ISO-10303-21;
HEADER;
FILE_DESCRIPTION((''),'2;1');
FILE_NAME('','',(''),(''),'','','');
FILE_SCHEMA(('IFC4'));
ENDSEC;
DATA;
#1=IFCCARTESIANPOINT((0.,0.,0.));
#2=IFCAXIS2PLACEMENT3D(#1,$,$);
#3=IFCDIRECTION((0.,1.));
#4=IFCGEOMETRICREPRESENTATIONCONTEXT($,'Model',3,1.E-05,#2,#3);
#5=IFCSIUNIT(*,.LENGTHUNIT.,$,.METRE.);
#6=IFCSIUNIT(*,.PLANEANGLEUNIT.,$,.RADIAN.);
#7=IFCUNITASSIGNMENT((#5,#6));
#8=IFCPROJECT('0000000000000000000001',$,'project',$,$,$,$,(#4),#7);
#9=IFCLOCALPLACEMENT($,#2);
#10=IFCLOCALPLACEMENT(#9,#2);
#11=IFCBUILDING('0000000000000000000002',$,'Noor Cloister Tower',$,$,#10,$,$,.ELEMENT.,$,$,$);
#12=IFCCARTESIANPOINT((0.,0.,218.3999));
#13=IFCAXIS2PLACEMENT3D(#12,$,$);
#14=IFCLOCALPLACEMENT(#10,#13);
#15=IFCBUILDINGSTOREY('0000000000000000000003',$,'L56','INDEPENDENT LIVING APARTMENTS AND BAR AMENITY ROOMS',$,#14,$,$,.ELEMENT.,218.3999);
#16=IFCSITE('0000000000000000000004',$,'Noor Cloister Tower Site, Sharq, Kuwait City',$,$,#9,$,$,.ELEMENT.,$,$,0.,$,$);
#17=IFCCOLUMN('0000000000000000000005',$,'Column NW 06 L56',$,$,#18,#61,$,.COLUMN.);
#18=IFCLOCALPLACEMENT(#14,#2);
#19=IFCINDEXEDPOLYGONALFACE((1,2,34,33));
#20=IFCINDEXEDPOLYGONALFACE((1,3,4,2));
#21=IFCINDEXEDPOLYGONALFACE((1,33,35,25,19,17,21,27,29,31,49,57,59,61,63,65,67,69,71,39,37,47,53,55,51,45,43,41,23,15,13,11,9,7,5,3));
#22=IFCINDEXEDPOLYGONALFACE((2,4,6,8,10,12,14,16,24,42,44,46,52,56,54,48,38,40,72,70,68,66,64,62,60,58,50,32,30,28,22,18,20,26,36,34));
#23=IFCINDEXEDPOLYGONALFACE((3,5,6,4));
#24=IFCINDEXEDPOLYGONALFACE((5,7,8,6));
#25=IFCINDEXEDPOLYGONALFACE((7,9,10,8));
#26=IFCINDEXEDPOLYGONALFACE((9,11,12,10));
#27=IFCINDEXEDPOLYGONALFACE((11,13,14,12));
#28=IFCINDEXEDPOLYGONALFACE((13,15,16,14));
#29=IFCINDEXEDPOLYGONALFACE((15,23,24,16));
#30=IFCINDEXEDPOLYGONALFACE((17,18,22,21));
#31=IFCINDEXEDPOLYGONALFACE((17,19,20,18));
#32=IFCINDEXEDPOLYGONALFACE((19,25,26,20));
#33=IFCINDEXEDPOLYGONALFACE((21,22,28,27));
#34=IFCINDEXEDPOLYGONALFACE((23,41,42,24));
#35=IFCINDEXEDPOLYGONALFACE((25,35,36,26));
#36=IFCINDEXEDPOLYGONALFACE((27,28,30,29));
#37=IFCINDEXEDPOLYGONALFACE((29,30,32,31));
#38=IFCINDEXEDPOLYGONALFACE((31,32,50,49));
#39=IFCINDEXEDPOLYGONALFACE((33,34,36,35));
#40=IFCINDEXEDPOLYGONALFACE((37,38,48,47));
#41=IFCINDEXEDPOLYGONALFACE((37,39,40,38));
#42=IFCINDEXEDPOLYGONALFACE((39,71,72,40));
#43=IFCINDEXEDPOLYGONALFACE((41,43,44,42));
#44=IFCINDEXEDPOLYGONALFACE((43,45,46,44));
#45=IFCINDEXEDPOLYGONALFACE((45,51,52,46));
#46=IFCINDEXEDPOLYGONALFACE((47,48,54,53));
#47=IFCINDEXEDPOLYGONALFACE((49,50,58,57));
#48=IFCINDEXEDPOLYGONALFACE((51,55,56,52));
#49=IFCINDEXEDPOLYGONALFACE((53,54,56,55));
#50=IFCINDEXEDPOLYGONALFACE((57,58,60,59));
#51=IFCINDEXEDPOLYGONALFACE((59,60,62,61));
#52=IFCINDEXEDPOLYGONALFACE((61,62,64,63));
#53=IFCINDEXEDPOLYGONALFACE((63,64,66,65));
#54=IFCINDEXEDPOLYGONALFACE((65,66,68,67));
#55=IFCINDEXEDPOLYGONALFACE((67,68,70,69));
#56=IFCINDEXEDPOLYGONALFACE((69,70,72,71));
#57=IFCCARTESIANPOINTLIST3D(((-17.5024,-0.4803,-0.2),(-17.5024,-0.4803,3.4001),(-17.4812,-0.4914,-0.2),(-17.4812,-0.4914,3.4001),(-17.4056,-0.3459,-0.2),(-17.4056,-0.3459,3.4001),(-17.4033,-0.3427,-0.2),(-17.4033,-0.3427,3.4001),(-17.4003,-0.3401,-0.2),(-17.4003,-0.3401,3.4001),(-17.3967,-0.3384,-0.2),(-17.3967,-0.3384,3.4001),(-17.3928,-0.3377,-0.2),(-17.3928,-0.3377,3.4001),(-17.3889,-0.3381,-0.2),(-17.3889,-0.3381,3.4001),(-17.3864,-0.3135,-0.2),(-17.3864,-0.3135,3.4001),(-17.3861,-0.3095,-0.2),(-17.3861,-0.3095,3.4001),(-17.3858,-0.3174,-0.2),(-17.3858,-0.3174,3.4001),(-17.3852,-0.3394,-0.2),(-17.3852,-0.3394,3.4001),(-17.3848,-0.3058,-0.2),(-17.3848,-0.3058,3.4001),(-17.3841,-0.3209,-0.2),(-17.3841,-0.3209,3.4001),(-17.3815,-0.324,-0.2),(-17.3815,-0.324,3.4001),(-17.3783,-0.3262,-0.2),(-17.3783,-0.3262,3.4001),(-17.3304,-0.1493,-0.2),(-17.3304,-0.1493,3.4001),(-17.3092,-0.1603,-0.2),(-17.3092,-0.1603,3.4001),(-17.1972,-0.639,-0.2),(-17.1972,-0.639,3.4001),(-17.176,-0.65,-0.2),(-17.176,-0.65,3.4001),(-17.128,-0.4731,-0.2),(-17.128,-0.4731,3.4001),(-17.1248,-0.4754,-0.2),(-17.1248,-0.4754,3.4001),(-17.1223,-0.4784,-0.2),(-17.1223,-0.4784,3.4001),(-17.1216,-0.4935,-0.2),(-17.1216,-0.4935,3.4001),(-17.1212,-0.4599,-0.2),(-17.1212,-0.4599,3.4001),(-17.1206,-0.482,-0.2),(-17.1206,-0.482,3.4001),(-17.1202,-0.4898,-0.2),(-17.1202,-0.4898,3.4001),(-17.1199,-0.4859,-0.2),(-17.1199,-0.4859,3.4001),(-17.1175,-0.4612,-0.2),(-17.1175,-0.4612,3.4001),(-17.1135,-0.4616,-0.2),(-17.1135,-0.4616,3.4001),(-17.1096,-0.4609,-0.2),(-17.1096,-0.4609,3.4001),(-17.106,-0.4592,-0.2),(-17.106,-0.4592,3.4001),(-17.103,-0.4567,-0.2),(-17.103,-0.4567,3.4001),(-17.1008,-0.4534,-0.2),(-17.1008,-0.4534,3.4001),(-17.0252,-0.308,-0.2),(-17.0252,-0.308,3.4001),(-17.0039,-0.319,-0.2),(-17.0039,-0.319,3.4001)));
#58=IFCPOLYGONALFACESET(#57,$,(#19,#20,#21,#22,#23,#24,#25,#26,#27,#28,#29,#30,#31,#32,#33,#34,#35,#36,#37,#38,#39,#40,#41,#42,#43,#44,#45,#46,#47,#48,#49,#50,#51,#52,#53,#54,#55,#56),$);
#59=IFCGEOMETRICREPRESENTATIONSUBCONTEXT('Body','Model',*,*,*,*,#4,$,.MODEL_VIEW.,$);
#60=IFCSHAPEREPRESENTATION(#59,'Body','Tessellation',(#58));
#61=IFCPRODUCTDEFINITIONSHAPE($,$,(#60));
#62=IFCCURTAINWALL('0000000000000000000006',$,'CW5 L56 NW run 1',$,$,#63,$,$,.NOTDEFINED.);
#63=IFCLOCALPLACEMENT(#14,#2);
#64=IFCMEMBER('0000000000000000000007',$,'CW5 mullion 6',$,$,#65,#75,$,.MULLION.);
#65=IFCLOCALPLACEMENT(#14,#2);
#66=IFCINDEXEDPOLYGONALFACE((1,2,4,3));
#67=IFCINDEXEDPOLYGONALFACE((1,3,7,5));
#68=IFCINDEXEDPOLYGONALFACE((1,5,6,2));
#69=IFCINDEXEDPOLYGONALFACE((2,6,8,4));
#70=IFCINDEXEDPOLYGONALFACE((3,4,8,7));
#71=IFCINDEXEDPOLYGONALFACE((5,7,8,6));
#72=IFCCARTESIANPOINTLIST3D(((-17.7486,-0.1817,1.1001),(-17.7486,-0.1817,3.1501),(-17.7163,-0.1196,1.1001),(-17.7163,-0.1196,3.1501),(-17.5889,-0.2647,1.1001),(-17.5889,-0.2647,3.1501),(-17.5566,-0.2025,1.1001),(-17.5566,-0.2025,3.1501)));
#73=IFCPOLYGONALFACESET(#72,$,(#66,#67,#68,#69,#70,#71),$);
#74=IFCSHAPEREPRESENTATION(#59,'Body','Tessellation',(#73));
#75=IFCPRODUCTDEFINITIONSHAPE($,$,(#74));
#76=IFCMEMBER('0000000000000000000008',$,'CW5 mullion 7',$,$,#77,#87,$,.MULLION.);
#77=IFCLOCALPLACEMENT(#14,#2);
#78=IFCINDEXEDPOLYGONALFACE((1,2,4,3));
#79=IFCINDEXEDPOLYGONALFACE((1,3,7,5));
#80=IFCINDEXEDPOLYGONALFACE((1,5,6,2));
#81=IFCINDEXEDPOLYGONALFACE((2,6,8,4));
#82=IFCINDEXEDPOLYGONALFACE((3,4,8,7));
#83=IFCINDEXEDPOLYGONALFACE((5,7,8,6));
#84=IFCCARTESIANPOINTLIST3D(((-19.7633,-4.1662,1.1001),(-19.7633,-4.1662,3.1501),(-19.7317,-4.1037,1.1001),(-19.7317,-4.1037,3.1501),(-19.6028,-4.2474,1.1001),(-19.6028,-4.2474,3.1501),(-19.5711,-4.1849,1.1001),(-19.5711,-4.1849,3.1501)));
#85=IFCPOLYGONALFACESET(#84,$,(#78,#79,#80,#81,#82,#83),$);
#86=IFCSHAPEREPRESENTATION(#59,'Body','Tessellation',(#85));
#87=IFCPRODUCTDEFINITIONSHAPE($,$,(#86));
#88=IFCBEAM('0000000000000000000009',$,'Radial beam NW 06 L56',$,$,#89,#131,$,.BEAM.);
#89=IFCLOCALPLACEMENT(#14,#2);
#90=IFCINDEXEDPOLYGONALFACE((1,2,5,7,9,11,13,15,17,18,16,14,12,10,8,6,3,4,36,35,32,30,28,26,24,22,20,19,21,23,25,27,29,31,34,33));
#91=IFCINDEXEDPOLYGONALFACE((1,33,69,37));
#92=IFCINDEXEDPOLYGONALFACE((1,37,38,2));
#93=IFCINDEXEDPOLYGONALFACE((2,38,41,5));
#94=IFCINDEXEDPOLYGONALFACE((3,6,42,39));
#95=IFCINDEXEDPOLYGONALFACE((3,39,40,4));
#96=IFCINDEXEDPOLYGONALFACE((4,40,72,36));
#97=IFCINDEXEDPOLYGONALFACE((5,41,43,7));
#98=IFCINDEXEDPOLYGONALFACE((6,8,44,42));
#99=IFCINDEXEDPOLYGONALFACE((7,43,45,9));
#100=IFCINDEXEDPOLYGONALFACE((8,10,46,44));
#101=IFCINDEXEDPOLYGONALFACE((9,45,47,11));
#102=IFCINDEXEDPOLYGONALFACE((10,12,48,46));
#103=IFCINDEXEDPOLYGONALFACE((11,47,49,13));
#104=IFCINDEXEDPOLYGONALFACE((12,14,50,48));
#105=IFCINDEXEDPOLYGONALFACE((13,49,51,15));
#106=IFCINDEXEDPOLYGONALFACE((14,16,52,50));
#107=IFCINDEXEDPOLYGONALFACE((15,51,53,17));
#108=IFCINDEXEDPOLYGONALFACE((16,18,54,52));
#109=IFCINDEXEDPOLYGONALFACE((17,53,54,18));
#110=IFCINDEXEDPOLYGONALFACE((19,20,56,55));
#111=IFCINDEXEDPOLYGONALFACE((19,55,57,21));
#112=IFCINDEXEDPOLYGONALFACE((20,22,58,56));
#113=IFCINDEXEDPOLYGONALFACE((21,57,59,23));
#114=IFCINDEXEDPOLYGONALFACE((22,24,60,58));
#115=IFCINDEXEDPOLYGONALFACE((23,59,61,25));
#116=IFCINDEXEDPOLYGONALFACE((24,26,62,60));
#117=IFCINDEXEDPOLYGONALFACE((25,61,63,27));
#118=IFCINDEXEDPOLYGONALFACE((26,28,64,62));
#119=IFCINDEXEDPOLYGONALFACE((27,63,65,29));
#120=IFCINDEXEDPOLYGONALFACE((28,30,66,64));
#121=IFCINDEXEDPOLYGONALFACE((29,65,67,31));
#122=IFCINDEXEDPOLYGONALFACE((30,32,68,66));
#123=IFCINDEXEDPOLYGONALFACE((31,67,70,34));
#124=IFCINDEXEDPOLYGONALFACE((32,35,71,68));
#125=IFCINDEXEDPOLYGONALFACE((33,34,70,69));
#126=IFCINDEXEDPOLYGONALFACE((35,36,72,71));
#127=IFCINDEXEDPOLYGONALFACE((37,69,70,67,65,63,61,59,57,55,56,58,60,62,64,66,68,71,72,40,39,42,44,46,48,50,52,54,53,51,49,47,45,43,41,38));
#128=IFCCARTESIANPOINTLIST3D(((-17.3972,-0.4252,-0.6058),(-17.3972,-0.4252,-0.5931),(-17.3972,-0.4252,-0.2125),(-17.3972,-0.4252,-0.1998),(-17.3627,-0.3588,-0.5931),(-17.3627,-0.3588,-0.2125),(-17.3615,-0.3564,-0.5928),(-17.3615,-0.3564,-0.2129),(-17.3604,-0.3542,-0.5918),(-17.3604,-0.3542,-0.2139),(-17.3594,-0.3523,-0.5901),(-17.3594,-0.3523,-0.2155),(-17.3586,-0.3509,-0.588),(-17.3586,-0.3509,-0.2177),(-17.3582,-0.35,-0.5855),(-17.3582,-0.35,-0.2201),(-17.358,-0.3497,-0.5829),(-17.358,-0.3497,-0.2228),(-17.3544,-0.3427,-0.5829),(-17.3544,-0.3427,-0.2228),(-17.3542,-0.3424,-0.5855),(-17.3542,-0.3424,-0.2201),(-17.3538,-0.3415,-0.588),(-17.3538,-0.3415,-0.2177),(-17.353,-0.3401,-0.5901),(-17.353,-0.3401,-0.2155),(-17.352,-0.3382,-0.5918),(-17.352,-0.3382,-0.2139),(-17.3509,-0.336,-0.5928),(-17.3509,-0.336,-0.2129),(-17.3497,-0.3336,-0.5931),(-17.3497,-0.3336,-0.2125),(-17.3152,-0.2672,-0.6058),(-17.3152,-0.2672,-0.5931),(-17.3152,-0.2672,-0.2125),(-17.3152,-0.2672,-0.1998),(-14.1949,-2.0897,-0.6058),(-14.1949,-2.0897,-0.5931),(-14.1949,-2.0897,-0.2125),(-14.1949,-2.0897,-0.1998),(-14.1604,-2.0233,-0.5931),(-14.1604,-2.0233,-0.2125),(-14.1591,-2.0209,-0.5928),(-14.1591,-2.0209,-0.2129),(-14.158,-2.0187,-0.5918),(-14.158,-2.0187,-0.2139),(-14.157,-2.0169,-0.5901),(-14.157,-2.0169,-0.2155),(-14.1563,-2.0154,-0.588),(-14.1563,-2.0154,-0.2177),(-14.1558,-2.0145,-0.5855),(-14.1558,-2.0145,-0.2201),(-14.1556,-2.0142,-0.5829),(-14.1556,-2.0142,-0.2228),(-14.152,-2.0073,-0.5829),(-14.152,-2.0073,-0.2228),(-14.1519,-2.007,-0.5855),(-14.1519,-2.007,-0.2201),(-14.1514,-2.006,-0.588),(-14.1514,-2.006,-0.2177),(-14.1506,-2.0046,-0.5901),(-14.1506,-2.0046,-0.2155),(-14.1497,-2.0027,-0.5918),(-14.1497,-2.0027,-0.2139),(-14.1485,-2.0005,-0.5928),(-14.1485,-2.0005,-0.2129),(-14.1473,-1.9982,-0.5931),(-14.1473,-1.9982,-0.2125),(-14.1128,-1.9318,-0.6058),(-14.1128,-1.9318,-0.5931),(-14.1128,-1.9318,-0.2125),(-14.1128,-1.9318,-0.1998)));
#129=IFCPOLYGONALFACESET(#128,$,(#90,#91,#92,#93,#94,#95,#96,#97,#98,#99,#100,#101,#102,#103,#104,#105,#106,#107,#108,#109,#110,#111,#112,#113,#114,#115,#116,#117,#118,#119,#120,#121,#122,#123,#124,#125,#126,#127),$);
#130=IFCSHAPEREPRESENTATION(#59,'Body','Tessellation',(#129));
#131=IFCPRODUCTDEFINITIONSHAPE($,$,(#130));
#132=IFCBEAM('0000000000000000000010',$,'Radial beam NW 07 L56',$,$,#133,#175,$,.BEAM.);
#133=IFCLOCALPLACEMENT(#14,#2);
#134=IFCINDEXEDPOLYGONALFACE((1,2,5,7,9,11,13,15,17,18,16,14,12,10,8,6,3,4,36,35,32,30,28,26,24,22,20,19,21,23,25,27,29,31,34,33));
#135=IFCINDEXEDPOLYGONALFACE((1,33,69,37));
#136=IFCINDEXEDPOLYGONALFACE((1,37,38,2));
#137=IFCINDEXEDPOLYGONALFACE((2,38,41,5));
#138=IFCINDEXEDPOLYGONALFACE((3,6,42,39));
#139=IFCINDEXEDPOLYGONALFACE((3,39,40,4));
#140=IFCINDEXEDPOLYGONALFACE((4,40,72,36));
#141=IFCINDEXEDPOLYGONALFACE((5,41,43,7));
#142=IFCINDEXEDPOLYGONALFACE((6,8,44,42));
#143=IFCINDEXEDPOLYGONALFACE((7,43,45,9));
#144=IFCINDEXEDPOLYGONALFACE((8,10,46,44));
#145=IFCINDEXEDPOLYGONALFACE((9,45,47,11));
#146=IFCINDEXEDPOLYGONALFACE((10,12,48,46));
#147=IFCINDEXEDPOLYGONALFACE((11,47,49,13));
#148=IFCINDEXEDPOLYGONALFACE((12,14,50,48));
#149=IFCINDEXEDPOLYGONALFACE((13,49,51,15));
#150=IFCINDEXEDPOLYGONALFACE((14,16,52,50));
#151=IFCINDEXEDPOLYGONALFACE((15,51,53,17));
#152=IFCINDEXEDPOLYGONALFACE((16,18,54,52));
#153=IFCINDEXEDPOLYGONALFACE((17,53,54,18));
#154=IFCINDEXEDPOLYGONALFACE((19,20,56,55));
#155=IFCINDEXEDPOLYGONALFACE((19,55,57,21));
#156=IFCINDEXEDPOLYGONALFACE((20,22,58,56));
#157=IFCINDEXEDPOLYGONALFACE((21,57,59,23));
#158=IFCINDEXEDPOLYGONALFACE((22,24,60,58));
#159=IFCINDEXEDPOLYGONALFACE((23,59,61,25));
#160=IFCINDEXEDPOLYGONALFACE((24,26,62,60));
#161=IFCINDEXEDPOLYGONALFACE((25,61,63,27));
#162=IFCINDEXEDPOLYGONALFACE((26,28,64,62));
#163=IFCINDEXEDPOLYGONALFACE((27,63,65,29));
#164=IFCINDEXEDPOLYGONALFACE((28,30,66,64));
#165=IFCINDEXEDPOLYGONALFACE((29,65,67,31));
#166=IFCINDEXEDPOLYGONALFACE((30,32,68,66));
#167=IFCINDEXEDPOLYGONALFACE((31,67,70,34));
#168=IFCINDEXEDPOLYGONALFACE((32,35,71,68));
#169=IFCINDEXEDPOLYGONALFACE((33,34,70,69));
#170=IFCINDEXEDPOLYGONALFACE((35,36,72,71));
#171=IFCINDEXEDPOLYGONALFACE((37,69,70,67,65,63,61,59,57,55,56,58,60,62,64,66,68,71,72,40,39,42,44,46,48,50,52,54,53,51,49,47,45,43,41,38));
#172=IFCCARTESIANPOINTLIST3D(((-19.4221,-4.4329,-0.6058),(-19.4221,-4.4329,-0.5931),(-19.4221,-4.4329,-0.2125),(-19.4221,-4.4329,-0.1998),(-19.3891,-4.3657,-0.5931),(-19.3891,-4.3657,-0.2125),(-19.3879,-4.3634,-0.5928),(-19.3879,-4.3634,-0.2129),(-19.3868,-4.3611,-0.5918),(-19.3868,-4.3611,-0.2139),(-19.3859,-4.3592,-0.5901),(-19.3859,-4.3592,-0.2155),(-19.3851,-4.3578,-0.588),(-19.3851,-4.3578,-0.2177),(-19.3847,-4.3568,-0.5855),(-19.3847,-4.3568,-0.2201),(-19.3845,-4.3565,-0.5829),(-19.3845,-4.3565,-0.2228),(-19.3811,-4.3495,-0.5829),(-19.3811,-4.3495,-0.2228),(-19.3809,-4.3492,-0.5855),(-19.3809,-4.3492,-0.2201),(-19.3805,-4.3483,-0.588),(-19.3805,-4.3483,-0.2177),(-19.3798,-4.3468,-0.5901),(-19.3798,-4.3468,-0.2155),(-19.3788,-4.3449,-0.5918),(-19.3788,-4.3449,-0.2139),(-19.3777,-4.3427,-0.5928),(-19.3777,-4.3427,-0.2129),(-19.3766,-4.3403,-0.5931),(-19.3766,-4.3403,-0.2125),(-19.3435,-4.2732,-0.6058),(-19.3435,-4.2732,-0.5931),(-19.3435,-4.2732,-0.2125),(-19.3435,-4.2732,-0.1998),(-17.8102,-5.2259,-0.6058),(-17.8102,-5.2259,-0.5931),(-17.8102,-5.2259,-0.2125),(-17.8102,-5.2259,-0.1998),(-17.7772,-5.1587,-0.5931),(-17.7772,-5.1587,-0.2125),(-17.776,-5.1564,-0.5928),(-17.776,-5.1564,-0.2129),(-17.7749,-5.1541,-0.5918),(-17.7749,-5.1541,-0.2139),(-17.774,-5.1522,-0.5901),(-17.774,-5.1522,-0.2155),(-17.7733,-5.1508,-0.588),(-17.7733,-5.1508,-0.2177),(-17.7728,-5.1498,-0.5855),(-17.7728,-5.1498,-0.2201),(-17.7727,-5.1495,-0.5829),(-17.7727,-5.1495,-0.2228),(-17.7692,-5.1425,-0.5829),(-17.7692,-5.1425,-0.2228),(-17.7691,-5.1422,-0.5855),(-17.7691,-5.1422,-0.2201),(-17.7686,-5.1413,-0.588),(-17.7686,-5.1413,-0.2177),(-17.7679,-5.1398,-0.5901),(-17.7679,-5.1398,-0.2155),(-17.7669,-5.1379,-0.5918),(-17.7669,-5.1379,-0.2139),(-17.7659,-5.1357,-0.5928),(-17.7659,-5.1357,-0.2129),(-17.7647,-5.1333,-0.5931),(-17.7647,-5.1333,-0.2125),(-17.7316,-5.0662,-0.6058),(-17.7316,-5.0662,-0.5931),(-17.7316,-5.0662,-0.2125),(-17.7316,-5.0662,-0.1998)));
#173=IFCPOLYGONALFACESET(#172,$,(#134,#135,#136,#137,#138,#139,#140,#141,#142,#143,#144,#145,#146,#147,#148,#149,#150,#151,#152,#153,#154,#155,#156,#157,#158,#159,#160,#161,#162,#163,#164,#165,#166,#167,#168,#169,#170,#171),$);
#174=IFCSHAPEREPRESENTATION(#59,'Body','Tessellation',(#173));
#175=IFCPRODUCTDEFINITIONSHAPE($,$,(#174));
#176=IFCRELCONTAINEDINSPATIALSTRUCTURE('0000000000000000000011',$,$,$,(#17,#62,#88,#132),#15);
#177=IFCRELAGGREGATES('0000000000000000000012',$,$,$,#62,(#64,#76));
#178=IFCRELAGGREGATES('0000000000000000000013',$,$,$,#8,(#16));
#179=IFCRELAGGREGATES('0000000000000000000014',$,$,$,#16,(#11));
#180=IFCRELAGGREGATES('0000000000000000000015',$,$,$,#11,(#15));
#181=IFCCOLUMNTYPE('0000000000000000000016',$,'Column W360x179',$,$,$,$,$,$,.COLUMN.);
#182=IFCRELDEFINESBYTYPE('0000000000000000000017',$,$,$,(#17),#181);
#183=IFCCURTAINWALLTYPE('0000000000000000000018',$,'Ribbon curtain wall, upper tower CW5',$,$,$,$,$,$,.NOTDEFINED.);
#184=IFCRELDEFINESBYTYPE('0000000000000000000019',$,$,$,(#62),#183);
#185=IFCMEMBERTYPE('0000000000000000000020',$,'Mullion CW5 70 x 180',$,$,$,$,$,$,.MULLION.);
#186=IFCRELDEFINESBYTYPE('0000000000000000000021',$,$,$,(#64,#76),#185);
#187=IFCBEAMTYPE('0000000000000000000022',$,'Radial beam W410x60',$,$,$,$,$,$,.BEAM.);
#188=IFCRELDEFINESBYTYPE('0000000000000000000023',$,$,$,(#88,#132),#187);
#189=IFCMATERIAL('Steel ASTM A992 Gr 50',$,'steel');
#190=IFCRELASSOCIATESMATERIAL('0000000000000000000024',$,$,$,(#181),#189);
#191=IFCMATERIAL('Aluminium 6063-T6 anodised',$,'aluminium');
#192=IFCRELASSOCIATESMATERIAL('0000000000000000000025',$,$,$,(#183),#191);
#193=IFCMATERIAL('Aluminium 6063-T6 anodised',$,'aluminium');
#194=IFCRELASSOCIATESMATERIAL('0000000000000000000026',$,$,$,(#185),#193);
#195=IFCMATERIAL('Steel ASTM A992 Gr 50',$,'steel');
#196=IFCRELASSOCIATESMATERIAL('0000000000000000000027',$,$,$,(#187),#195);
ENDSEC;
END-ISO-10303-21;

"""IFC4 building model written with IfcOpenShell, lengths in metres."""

from ifc_helpers import new_model, si_unit, direction, frame, origin, origin_2d, place, context, subcontext, project, spatial, rectangle, i_section, extrude, material, material_profile, profile_set, type_object, element, aggregate, save


model = new_model("IFC4")

# Units and contexts
model_context = context("Model", 3, precision=1e-05, world=origin(), true_north=direction((0.0, 1.0)))
body_context = subcontext(model_context, "Body", "Model", "MODEL_VIEW")
ifc_project = project(units=[si_unit("LENGTHUNIT", "METRE"), si_unit("PLANEANGLEUNIT", "RADIAN")], contexts=[model_context])

# Site, building, storey
site_placement = place(None, origin())
site = spatial("IfcSite", under=ifc_project, at=site_placement, Name="Noor Cloister Tower Site, Sharq, Kuwait City", CompositionType="ELEMENT", RefElevation=0.0)
building_placement = place(site_placement, origin())
building = spatial("IfcBuilding", under=site, at=building_placement, Name="Noor Cloister Tower", CompositionType="ELEMENT")
storey_placement = place(building_placement, frame((0.0, 0.0, 218.3999)))
storey = spatial("IfcBuildingStorey", under=building, at=storey_placement, Name="L56", Description="INDEPENDENT LIVING APARTMENTS AND BAR AMENITY ROOMS", CompositionType="ELEMENT", Elevation=218.3999)

# Column
ifc_material_1 = material(Name="Steel ASTM A992 Gr 50", Category="steel")
ifc_material_profile_1 = material_profile(ifc_material_1, i_section(OverallWidth=0.373, OverallDepth=0.3679, WebThickness=0.0149, FlangeThickness=0.0239, FilletRadius=0.0151, at=origin_2d()), Name="W360x179")
ifc_profile_set_1 = profile_set([ifc_material_profile_1], Name="Steel ASTM A992 Gr 50")
column_type = type_object("IfcColumnType", Name="Column W360x179", PredefinedType="COLUMN", material=ifc_profile_set_1)
column_placement = place(storey_placement, frame((-17.2532, -0.3997, -0.2), z_axis=(0.0, 0.0, 1.0), x_axis=(-0.461186, -0.887303, 0.0)))
element("IfcColumn", 1, at=column_placement, inside=storey, type_object=column_type, Name="Column NW 06 L56", PredefinedType="COLUMN", context=body_context, shape_type="SweptSolid", body=[
    extrude(i_section(OverallWidth=0.373, OverallDepth=0.3679, WebThickness=0.0149, FlangeThickness=0.0239, FilletRadius=0.0151, at=origin_2d()), origin(), (0.0, 0.0, 1.0), 3.6001),
])

# Curtain wall, members
ifc_material_2 = material(Name="Aluminium 6063-T6 anodised", Category="aluminium")
curtain_wall_type = type_object("IfcCurtainWallType", Name="Ribbon curtain wall, upper tower CW5", PredefinedType="NOTDEFINED", material=ifc_material_2)
curtain_wall_placement = place(storey_placement, origin())
curtain_wall = element("IfcCurtainWall", 2, at=curtain_wall_placement, inside=storey, type_object=curtain_wall_type, Name="CW5 L56 NW run 1", PredefinedType="NOTDEFINED")
ifc_material_3 = material(Name="Aluminium 6063-T6 anodised", Category="aluminium")
ifc_material_profile_2 = material_profile(ifc_material_3, rectangle(XDim=0.1799, YDim=0.0701, at=origin_2d()), Name="180 x 70 mullion")
ifc_profile_set_2 = profile_set([ifc_material_profile_2], Name="Aluminium 6063-T6 anodised")
member_type = type_object("IfcMemberType", Name="Mullion CW5 70 x 180", PredefinedType="MULLION", material=ifc_profile_set_2)
member_1_placement = place(storey_placement, frame((-17.6526, -0.1921, 1.1001), z_axis=(0.0, 0.0, 1.0), x_axis=(0.887303, -0.461186, 0.0)))
member_1 = element("IfcMember", 3, at=member_1_placement, type_object=member_type, Name="CW5 mullion 6", PredefinedType="MULLION", context=body_context, shape_type="SweptSolid", body=[
    extrude(rectangle(XDim=0.1799, YDim=0.0701, at=origin_2d()), origin(), (0.0, 0.0, 1.0), 2.05),
])
member_2_placement = place(storey_placement, frame((-19.6672, -4.1755, 1.1001), z_axis=(0.0, 0.0, 1.0), x_axis=(0.892353, -0.451339, 0.0)))
member_2 = element("IfcMember", 4, at=member_2_placement, type_object=member_type, Name="CW5 mullion 7", PredefinedType="MULLION", context=body_context, shape_type="SweptSolid", body=[
    extrude(rectangle(XDim=0.1799, YDim=0.0701, at=origin_2d()), origin(), (0.0, 0.0, 1.0), 2.05),
])

# Beams
ifc_material_4 = material(Name="Steel ASTM A992 Gr 50", Category="steel")
ifc_material_profile_3 = material_profile(ifc_material_4, i_section(OverallWidth=0.178, OverallDepth=0.406, WebThickness=0.0078, FlangeThickness=0.0127, FilletRadius=0.0103, at=origin_2d()), Name="W410x60")
ifc_profile_set_3 = profile_set([ifc_material_profile_3], Name="Steel ASTM A992 Gr 50")
beam_type_1 = type_object("IfcBeamType", Name="Radial beam W410x60", PredefinedType="BEAM", material=ifc_profile_set_3)
beam_1_placement = place(storey_placement, frame((-17.3562, -0.3462, -0.4028), z_axis=(0.887295, -0.461202, 0.0), x_axis=(0.461202, 0.887295, 0.0)))
element("IfcBeam", 5, at=beam_1_placement, inside=storey, type_object=beam_type_1, Name="Radial beam NW 06 L56", PredefinedType="BEAM", context=body_context, shape_type="SweptSolid", body=[
    extrude(i_section(OverallWidth=0.178, OverallDepth=0.406, WebThickness=0.0078, FlangeThickness=0.0127, FilletRadius=0.0103, at=origin_2d()), origin(), (0.0, 0.0, 1.0), 3.6091),
])
beam_2_placement = place(storey_placement, frame((-19.3828, -4.353, -0.4028), z_axis=(0.89729, -0.441442, 0.0), x_axis=(0.441442, 0.89729, 0.0)))
element("IfcBeam", 6, at=beam_2_placement, inside=storey, type_object=beam_type_1, Name="Radial beam NW 07 L56", PredefinedType="BEAM", context=body_context, shape_type="SweptSolid", body=[
    extrude(i_section(OverallWidth=0.178, OverallDepth=0.406, WebThickness=0.0078, FlangeThickness=0.0127, FilletRadius=0.0103, at=origin_2d()), origin(), (0.0, 0.0, 1.0), 1.7964),
])

aggregate(curtain_wall, [member_1, member_2])

save(model, "model.ifc")
